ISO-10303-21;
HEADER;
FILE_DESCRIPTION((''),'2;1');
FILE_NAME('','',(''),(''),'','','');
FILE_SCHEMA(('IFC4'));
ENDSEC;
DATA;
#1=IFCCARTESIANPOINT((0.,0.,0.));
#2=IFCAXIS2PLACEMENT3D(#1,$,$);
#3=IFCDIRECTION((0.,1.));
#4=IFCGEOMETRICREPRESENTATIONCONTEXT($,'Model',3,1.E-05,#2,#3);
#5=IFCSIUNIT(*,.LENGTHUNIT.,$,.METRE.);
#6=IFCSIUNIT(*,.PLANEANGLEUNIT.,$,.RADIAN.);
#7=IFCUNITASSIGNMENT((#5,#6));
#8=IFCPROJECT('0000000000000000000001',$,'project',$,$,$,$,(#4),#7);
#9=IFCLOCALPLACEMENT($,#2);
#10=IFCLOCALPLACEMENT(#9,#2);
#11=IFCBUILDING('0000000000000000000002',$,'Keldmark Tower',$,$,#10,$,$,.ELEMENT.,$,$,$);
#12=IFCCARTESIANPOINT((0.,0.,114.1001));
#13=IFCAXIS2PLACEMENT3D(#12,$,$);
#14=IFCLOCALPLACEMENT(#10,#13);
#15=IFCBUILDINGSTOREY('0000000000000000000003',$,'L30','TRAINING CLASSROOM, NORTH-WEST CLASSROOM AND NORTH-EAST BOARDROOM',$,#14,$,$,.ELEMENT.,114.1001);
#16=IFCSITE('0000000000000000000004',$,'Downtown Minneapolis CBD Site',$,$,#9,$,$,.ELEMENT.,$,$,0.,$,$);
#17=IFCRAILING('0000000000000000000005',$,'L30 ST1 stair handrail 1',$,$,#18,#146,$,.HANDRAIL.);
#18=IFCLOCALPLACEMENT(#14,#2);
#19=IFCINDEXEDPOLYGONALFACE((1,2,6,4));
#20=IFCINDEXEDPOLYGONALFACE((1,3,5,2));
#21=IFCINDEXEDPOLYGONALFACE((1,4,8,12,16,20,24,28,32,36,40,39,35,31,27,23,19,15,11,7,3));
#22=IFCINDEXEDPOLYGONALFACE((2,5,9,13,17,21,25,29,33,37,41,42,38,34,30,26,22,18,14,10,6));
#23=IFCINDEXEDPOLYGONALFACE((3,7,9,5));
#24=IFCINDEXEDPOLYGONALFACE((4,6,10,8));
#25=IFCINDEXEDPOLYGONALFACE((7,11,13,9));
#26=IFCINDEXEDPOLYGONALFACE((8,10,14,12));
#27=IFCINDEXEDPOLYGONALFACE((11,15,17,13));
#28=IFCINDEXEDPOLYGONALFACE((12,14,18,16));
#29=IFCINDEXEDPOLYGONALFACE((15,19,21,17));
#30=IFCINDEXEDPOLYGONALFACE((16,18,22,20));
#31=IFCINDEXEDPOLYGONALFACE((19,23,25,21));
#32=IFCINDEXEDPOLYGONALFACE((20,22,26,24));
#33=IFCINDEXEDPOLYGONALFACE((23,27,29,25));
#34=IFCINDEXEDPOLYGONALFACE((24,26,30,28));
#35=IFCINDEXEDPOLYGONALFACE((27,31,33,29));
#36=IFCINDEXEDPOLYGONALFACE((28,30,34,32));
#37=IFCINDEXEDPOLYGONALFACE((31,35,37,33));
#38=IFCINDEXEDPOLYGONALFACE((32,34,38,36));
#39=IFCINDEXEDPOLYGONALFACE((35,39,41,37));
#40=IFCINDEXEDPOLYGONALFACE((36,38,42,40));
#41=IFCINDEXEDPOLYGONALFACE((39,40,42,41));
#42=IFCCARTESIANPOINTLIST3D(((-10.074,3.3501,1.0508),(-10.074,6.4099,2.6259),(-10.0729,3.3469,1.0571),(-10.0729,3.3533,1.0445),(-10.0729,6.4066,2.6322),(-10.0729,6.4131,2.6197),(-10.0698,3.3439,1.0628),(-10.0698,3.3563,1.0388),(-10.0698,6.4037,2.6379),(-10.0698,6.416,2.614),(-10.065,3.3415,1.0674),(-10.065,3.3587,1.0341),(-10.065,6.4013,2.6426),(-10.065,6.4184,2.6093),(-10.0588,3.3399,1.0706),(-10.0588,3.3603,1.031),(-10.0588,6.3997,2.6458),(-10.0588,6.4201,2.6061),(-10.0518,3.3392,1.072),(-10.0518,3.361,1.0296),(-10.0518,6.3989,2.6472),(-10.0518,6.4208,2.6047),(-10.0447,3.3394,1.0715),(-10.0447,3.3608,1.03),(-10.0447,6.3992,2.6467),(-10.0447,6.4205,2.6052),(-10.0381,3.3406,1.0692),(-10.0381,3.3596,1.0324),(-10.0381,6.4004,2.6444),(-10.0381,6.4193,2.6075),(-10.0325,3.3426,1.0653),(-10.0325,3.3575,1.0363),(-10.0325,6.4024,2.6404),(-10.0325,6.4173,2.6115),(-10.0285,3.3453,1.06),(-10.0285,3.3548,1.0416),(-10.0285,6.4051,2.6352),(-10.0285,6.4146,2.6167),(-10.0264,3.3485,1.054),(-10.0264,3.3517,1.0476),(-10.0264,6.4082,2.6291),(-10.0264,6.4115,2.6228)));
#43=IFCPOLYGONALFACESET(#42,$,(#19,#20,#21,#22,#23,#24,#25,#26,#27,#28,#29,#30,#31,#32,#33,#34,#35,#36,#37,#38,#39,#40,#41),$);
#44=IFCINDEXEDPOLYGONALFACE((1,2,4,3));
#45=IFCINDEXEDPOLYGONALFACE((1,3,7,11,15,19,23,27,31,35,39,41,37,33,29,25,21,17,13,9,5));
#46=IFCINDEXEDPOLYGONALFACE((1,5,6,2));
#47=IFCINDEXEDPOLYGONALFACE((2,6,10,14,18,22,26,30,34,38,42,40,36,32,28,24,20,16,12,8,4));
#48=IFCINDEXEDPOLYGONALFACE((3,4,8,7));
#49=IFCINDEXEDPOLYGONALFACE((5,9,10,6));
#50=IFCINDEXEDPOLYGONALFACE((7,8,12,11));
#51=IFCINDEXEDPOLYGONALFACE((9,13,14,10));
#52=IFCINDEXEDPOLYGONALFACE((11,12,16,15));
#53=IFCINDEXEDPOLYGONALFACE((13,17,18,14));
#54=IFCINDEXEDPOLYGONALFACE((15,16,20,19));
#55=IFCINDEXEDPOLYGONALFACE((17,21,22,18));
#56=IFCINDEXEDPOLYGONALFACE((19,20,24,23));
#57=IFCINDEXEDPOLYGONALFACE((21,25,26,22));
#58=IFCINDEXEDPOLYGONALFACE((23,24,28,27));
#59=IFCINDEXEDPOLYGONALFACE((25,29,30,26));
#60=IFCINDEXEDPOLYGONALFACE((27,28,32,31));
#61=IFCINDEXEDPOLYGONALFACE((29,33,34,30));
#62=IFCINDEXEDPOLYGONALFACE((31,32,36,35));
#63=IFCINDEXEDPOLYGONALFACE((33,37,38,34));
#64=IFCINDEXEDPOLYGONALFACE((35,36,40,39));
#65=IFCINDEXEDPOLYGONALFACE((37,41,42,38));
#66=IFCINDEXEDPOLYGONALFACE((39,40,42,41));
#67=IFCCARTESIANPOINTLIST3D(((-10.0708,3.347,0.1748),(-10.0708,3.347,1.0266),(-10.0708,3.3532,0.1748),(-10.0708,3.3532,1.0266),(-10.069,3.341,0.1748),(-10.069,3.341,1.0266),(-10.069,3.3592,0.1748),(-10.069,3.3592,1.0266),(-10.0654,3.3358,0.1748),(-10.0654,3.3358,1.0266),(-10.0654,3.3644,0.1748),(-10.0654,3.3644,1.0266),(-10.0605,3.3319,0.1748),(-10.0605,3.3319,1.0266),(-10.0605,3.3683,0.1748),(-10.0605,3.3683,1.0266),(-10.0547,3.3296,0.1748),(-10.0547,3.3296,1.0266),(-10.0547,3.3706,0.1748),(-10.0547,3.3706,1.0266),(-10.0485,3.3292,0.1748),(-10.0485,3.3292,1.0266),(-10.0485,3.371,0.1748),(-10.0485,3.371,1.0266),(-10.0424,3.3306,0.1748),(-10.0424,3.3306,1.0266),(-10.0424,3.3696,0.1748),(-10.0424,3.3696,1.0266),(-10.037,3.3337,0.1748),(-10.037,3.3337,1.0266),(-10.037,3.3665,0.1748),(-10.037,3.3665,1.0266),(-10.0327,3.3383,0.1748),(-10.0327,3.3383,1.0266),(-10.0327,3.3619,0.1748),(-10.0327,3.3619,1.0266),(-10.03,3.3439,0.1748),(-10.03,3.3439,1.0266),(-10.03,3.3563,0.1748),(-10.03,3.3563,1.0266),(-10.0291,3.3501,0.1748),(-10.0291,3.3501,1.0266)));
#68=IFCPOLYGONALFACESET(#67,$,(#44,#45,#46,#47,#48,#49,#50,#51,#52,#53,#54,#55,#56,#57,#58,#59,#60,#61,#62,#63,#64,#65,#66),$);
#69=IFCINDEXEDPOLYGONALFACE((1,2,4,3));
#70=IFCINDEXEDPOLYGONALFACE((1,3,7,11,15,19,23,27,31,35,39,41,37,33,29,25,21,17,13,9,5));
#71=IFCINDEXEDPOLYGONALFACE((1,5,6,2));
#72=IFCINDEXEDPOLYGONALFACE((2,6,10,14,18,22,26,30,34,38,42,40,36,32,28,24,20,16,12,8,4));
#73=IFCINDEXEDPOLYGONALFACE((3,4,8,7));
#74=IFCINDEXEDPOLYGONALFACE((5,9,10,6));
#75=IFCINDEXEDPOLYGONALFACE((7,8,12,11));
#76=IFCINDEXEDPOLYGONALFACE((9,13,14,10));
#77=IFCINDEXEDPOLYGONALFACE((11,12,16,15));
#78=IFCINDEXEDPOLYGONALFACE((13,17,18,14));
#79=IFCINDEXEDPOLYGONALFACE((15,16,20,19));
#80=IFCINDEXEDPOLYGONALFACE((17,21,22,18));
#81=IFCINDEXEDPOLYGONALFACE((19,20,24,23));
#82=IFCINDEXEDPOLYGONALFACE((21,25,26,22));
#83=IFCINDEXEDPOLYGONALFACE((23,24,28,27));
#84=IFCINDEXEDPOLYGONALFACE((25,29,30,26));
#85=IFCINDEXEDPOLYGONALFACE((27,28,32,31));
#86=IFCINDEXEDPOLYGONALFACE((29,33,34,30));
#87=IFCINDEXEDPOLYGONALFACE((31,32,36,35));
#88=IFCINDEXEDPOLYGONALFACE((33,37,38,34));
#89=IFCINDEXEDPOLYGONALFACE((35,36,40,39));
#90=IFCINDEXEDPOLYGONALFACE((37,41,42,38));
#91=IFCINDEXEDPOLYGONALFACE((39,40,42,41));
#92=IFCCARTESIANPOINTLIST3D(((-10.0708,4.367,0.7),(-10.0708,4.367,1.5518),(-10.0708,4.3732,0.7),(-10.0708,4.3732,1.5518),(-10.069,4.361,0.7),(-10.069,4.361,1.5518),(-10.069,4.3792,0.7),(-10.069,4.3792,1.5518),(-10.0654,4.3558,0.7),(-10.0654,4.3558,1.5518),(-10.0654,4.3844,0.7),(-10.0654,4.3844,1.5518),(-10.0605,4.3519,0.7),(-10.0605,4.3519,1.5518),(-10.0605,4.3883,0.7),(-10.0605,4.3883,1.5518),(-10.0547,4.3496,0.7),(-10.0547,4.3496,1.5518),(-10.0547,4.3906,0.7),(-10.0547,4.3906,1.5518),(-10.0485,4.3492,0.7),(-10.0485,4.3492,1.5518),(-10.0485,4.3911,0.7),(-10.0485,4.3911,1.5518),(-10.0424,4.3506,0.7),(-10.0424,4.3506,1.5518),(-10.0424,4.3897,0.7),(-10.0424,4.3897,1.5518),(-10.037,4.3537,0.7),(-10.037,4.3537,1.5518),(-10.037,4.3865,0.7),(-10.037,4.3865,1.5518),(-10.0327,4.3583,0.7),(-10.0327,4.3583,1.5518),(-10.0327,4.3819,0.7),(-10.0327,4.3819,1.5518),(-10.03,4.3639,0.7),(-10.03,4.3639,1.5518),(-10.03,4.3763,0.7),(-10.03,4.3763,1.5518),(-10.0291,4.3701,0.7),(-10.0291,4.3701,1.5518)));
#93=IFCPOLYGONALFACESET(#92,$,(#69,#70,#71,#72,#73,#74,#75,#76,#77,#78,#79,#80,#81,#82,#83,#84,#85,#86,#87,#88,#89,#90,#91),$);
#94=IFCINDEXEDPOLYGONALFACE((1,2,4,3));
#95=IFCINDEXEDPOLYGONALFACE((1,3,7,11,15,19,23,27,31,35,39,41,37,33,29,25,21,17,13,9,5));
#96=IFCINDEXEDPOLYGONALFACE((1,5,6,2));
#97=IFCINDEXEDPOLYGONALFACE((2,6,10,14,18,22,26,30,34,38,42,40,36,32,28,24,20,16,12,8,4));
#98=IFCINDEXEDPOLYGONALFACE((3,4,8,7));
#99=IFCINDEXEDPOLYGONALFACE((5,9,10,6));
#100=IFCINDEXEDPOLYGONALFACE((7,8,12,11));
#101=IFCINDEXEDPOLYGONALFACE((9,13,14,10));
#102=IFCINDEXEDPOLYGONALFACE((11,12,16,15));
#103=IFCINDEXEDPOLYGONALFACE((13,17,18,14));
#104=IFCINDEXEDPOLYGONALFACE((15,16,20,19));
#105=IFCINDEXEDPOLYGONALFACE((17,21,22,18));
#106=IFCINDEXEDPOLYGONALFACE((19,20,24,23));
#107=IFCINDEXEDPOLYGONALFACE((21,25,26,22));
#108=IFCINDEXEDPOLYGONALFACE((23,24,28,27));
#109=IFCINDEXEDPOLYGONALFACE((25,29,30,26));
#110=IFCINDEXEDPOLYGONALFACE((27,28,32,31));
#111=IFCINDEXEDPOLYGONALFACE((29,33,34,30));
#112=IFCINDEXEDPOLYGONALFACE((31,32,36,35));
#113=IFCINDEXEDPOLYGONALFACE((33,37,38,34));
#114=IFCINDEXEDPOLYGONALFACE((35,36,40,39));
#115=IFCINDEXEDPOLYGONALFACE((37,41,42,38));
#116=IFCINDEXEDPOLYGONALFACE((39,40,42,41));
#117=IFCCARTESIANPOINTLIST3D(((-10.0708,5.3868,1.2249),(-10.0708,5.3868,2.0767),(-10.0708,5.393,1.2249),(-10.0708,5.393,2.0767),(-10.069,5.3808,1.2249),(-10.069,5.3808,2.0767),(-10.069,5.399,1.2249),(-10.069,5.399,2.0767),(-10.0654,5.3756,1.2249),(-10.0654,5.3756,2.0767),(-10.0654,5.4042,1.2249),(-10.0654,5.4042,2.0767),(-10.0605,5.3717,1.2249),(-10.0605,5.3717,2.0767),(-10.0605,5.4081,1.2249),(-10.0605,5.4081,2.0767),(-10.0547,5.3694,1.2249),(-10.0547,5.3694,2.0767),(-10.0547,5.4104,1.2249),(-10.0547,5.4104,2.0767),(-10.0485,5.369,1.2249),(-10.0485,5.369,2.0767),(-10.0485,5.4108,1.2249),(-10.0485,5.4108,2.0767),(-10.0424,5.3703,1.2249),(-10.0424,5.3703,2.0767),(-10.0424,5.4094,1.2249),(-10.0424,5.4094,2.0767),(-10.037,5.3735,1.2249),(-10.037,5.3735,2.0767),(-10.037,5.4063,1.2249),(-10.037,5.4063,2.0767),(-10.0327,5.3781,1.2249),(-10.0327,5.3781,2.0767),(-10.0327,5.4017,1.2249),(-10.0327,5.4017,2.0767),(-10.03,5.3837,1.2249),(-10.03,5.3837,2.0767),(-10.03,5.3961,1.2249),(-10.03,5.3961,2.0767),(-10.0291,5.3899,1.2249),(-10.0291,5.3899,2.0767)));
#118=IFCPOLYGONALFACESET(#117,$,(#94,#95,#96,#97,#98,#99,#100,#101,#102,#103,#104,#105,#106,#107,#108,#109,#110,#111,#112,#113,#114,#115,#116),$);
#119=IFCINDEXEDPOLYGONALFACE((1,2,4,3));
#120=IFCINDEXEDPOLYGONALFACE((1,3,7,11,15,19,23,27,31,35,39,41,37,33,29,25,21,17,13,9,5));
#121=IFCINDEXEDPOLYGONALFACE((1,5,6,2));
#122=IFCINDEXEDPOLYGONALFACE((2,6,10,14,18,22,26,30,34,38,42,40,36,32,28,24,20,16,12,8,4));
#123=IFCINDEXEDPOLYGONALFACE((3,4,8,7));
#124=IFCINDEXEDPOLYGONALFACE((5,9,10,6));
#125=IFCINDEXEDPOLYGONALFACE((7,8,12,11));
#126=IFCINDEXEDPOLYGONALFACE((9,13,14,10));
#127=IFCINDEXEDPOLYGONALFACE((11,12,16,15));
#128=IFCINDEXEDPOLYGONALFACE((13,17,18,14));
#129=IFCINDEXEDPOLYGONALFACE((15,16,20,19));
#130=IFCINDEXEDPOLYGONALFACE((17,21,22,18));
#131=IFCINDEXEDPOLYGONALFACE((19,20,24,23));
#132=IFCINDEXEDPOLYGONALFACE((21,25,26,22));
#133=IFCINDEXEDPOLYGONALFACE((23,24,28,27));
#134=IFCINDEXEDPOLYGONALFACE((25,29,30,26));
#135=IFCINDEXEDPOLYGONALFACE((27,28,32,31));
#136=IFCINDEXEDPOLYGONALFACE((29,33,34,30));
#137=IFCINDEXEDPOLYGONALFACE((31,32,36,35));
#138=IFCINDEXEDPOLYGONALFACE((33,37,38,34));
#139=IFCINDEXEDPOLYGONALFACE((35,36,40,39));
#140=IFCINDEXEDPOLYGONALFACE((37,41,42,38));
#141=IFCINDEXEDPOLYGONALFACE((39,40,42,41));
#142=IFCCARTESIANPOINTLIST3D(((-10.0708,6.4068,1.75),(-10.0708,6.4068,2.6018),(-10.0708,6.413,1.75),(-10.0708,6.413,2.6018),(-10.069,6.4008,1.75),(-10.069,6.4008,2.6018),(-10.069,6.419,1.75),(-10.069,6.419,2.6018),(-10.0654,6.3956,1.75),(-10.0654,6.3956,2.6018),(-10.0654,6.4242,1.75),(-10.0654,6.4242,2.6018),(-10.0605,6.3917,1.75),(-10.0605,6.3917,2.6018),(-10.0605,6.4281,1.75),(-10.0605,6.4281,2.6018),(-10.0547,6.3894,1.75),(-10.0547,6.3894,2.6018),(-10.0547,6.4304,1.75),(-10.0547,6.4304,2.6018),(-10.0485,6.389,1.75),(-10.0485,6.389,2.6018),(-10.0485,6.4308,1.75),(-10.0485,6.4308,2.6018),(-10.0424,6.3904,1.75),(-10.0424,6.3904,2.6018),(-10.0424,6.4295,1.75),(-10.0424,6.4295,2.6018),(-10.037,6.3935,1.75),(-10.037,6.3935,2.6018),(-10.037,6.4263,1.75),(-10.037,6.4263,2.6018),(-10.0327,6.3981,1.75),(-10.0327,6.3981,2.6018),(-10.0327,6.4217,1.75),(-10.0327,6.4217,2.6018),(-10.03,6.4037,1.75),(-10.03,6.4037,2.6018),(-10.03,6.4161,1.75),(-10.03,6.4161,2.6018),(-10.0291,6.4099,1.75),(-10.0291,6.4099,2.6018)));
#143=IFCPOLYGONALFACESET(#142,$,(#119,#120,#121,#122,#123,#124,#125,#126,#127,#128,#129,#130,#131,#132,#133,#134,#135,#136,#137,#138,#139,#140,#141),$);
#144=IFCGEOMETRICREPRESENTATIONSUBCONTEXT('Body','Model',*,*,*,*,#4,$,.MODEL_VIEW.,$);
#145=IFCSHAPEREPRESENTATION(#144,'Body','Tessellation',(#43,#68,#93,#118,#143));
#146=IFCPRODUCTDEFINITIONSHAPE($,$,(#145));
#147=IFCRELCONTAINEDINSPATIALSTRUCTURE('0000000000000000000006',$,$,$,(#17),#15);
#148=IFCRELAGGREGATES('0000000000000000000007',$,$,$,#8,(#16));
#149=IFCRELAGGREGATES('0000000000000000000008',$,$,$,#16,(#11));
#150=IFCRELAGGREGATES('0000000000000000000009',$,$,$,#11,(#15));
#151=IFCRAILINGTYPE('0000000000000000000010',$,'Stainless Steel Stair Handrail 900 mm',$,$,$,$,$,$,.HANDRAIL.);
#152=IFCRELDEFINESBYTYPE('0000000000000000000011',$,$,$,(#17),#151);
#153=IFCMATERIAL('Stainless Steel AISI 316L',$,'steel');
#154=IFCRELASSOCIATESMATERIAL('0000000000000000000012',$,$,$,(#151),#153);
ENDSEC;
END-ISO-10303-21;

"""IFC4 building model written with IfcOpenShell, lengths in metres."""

from ifc_helpers import new_model, si_unit, direction, frame, origin, origin_2d, place, context, subcontext, project, spatial, circle, extrude, material, type_object, element, save


model = new_model("IFC4")

# Units and contexts
model_context = context("Model", 3, precision=1e-05, world=origin(), true_north=direction((0.0, 1.0)))
body_context = subcontext(model_context, "Body", "Model", "MODEL_VIEW")
ifc_project = project(units=[si_unit("LENGTHUNIT", "METRE"), si_unit("PLANEANGLEUNIT", "RADIAN")], contexts=[model_context])

# Site, building, storey
site_placement = place(None, origin())
site = spatial("IfcSite", under=ifc_project, at=site_placement, Name="Downtown Minneapolis CBD Site", CompositionType="ELEMENT", RefElevation=0.0)
building_placement = place(site_placement, origin())
building = spatial("IfcBuilding", under=site, at=building_placement, Name="Keldmark Tower", CompositionType="ELEMENT")
storey_placement = place(building_placement, frame((0.0, 0.0, 114.1001)))
storey = spatial("IfcBuildingStorey", under=building, at=storey_placement, Name="L30", Description="TRAINING CLASSROOM, NORTH-WEST CLASSROOM AND NORTH-EAST BOARDROOM", CompositionType="ELEMENT", Elevation=114.1001)

# Railing
ifc_material_1 = material(Name="Stainless Steel AISI 316L", Category="steel")
railing_type = type_object("IfcRailingType", Name="Stainless Steel Stair Handrail 900 mm", PredefinedType="HANDRAIL", material=ifc_material_1)
railing_placement = place(storey_placement, frame((-10.05, 3.3501, 0.1748)))
element("IfcRailing", 1, at=railing_placement, inside=storey, type_object=railing_type, Name="L30 ST1 stair handrail 1", PredefinedType="HANDRAIL", context=body_context, shape_type="SweptSolid", body=[
    extrude(circle(Radius=0.0239, at=origin_2d()), frame((0.0, 0.0, 0.876), z_axis=(0.0, 0.889101, 0.45771), x_axis=(-1.0, 0.0, 0.0)), (0.0, 0.0, 1.0), 3.4414),
    extrude(circle(Radius=0.021, at=origin_2d()), origin(), (0.0, 0.0, 1.0), 0.8518),
    extrude(circle(Radius=0.021, at=origin_2d()), frame((0.0, 1.02, 0.5251)), (0.0, 0.0, 1.0), 0.8518),
    extrude(circle(Radius=0.021, at=origin_2d()), frame((0.0, 2.0398, 1.05)), (0.0, 0.0, 1.0), 0.8518),
    extrude(circle(Radius=0.021, at=origin_2d()), frame((0.0, 3.0598, 1.5752)), (0.0, 0.0, 1.0), 0.8518),
])

save(model, "model.ifc")
